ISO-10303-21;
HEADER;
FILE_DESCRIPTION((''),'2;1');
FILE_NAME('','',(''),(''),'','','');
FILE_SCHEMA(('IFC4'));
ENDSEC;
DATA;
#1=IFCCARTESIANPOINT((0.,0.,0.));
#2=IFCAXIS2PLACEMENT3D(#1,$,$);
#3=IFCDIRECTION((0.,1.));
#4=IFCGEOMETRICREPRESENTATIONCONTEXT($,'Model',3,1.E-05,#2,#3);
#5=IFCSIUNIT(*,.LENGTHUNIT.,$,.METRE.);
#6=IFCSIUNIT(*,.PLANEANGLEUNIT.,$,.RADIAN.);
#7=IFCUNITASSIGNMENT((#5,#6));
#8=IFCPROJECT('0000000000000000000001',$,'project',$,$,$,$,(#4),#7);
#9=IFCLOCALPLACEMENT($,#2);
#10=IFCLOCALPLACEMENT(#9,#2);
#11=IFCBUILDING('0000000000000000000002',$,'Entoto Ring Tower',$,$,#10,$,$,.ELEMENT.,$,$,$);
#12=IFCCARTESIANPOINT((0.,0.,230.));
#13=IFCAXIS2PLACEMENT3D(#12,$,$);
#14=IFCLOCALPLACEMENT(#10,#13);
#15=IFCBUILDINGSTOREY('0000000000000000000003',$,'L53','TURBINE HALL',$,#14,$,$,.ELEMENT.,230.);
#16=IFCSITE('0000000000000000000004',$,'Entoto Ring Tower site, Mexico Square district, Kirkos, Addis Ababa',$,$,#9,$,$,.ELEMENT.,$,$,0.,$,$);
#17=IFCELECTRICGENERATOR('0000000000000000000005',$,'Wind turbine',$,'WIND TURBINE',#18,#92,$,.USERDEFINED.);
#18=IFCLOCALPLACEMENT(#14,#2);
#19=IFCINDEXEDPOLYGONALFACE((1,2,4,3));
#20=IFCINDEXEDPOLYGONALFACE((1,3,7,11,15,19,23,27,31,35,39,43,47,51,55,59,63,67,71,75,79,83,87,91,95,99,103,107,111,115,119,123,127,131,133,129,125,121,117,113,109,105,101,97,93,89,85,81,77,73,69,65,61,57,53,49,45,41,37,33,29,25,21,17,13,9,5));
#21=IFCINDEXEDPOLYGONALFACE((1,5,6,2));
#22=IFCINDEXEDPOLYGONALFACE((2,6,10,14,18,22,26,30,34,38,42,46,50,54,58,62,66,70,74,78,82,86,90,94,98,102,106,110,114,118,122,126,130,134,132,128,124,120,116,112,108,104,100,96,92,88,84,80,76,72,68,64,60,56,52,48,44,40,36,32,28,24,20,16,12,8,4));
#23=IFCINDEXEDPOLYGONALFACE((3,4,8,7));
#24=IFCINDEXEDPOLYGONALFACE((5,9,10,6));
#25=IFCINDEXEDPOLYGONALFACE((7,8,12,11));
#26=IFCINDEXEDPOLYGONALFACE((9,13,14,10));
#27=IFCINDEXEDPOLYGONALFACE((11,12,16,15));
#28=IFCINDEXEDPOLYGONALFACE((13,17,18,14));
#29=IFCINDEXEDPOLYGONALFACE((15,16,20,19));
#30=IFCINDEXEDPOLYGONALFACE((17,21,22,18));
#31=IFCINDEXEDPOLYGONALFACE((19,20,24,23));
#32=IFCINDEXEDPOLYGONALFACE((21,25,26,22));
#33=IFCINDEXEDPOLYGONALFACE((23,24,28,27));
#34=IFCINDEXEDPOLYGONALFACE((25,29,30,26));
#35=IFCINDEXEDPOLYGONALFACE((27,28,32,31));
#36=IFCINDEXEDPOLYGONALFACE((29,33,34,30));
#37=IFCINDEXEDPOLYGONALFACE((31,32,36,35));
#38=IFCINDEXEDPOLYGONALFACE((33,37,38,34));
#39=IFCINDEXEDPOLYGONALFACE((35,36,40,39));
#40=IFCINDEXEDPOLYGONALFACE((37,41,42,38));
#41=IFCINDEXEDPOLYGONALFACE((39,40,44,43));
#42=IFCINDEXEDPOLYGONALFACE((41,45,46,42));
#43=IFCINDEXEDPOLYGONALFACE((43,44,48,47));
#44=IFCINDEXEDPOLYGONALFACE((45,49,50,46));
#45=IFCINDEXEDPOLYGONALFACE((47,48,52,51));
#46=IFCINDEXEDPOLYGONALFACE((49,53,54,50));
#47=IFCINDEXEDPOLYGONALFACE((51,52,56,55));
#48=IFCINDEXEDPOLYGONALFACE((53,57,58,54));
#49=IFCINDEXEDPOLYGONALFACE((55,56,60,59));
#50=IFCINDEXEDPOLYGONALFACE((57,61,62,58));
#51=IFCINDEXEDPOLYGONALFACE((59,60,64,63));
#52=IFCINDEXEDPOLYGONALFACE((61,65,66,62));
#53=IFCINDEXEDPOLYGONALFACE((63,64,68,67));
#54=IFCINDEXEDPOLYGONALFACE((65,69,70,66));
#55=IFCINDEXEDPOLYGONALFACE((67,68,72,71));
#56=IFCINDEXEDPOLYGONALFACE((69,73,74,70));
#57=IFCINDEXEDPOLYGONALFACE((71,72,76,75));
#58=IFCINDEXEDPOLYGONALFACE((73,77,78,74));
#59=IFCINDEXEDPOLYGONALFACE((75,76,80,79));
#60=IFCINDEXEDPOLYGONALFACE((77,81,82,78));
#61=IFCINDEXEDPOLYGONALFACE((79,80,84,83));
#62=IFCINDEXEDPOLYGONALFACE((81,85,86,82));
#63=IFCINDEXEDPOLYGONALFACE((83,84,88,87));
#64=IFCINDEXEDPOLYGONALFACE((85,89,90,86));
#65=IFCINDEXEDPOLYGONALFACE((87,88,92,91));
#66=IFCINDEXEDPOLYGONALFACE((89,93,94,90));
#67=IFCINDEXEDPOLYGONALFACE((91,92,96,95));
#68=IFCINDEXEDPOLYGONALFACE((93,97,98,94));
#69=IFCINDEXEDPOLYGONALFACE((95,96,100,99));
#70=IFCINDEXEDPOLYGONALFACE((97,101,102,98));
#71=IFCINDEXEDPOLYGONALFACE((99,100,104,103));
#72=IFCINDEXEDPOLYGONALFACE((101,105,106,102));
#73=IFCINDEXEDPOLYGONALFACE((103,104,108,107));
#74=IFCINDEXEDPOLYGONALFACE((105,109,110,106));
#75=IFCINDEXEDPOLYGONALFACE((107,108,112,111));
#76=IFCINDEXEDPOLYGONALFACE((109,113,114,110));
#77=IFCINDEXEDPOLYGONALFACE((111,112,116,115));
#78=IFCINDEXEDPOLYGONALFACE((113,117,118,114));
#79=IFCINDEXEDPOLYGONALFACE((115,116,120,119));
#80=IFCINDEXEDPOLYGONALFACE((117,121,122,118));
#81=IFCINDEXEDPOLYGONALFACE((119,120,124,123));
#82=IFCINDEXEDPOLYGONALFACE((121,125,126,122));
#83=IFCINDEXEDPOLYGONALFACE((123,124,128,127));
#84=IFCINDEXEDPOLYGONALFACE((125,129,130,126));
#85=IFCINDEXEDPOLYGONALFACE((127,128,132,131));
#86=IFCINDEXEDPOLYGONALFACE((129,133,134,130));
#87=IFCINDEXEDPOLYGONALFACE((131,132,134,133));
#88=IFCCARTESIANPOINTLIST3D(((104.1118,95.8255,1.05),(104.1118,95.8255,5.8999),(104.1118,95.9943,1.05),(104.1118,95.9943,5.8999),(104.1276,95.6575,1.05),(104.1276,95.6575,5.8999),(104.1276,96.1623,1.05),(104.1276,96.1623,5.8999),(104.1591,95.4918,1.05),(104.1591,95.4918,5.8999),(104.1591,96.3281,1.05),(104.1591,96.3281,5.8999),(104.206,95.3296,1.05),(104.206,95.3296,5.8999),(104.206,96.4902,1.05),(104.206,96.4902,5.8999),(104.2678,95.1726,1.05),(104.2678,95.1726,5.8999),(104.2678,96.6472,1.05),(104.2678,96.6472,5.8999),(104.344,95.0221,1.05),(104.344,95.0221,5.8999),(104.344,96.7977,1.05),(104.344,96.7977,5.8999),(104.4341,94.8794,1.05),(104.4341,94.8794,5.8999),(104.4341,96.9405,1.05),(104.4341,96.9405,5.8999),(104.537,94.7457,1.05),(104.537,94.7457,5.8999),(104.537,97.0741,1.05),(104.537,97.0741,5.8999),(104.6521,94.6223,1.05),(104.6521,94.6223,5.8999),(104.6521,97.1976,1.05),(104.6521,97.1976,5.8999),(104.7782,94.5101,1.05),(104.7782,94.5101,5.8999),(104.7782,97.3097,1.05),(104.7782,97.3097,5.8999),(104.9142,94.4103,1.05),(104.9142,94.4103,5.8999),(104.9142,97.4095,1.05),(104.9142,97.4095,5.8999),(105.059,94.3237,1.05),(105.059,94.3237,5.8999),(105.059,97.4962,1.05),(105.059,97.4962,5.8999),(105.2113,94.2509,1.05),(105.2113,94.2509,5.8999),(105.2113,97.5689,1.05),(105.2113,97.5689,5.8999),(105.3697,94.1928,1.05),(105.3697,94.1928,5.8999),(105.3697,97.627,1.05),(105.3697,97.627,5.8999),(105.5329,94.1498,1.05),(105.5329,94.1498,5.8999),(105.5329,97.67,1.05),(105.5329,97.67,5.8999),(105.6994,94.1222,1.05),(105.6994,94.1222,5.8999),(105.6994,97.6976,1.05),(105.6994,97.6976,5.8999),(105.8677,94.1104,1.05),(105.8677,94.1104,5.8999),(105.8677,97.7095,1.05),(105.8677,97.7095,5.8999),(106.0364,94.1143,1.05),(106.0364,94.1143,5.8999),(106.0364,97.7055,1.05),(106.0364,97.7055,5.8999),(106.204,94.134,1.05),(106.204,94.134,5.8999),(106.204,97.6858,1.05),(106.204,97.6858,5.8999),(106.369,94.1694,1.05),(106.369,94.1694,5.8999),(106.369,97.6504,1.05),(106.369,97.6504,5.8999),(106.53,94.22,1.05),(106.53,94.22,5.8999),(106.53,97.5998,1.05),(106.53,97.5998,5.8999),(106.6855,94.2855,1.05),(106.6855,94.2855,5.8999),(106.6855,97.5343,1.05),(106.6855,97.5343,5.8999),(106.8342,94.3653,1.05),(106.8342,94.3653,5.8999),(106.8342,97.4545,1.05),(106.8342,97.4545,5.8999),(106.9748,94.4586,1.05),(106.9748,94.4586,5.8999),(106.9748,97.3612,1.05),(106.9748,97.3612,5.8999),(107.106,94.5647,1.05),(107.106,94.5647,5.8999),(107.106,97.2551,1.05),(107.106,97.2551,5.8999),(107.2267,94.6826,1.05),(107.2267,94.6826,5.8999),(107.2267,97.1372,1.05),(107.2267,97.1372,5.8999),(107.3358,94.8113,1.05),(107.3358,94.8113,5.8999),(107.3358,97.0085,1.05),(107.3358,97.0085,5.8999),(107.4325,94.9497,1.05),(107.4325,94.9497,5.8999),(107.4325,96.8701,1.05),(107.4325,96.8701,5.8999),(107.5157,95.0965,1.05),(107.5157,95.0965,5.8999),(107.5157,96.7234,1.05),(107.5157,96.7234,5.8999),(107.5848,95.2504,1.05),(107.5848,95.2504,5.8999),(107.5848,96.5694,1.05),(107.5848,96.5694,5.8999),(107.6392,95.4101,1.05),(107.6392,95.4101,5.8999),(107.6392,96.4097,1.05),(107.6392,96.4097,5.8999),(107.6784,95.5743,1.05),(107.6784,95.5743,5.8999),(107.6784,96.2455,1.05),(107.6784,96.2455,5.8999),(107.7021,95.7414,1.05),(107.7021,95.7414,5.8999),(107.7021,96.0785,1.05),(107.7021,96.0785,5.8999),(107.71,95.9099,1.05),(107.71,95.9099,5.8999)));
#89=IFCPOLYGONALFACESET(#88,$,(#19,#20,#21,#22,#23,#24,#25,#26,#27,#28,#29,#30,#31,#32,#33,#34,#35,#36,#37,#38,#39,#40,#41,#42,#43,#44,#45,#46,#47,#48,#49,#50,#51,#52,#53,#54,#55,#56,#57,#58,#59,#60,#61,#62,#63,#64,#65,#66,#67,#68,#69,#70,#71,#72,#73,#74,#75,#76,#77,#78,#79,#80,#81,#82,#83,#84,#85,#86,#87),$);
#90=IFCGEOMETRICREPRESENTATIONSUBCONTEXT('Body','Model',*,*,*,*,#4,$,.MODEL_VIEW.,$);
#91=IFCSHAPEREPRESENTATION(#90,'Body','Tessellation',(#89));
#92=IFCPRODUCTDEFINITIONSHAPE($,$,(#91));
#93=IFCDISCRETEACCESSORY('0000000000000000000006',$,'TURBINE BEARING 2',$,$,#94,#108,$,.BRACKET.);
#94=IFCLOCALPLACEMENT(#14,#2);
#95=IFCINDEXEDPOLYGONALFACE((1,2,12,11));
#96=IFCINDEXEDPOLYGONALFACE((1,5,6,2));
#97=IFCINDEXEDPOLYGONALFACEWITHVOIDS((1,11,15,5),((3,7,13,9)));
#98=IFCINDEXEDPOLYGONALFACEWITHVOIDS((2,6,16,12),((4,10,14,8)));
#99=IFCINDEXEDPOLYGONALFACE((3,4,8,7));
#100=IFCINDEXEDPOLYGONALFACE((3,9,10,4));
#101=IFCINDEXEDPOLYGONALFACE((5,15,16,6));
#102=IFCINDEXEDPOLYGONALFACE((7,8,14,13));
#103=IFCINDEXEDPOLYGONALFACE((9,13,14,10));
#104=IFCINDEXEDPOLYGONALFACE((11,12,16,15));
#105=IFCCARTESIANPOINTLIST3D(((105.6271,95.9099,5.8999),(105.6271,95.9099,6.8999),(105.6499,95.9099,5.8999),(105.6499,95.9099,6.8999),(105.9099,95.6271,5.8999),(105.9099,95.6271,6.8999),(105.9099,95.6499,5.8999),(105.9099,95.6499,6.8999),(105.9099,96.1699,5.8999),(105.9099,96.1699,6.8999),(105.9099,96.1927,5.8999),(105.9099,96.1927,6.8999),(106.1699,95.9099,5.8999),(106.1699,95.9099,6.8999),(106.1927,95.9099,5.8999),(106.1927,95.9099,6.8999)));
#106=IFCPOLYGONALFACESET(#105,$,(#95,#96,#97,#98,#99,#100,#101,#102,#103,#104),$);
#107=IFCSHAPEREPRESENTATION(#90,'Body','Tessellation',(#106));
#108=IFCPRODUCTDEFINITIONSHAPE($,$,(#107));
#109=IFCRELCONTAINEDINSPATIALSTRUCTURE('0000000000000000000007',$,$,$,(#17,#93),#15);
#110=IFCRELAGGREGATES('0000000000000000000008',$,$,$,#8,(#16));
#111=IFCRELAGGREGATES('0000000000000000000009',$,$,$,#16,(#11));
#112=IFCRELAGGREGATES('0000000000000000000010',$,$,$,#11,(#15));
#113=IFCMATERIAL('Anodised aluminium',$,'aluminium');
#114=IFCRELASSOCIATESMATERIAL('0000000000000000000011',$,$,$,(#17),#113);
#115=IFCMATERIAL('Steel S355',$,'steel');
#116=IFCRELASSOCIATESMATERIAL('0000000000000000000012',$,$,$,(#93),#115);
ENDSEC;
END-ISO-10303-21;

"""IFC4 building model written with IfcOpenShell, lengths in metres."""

from ifc_helpers import new_model, si_unit, direction, frame, origin, origin_2d, place, context, subcontext, project, spatial, hollow_rectangle, circle, extrude, material, element, save


model = new_model("IFC4")

# Units and contexts
model_context = context("Model", 3, precision=1e-05, world=origin(), true_north=direction((0.0, 1.0)))
body_context = subcontext(model_context, "Body", "Model", "MODEL_VIEW")
ifc_project = project(units=[si_unit("LENGTHUNIT", "METRE"), si_unit("PLANEANGLEUNIT", "RADIAN")], contexts=[model_context])

# Site, building, storey
site_placement = place(None, origin())
site = spatial("IfcSite", under=ifc_project, at=site_placement, Name="Entoto Ring Tower site, Mexico Square district, Kirkos, Addis Ababa", CompositionType="ELEMENT", RefElevation=0.0)
building_placement = place(site_placement, origin())
building = spatial("IfcBuilding", under=site, at=building_placement, Name="Entoto Ring Tower", CompositionType="ELEMENT")
storey_placement = place(building_placement, frame((0.0, 0.0, 230.0)))
storey = spatial("IfcBuildingStorey", under=building, at=storey_placement, Name="L53", Description="TURBINE HALL", CompositionType="ELEMENT", Elevation=230.0)

# Electric generator
ifc_material_1 = material(Name="Anodised aluminium", Category="aluminium")
electric_generator_placement = place(storey_placement, frame((105.9099, 95.9099, 1.05), z_axis=(0.0, 0.0, 1.0), x_axis=(1.0, 0.0, 0.0)))
element("IfcElectricGenerator", 1, at=electric_generator_placement, inside=storey, material=ifc_material_1, Name="Wind turbine", ObjectType="WIND TURBINE", PredefinedType="USERDEFINED", context=body_context, shape_type="SweptSolid", body=[
    extrude(circle(Radius=1.8, at=origin_2d()), origin(), (0.0, 0.0, 1.0), 4.8499),
])

# Discrete accessory
ifc_material_2 = material(Name="Steel S355", Category="steel")
discrete_accessory_placement = place(storey_placement, frame((105.9099, 95.9099, 5.8999), z_axis=(0.0, 0.0, 1.0), x_axis=(-0.707107, 0.707107, 0.0)))
element("IfcDiscreteAccessory", 2, at=discrete_accessory_placement, inside=storey, material=ifc_material_2, Name="TURBINE BEARING 2", PredefinedType="BRACKET", context=body_context, shape_type="SweptSolid", body=[
    extrude(hollow_rectangle(XDim=0.3999, YDim=0.3999, WallThickness=0.0161, at=origin_2d()), origin(), (0.0, 0.0, 1.0), 1.0),
])

save(model, "model.ifc")
